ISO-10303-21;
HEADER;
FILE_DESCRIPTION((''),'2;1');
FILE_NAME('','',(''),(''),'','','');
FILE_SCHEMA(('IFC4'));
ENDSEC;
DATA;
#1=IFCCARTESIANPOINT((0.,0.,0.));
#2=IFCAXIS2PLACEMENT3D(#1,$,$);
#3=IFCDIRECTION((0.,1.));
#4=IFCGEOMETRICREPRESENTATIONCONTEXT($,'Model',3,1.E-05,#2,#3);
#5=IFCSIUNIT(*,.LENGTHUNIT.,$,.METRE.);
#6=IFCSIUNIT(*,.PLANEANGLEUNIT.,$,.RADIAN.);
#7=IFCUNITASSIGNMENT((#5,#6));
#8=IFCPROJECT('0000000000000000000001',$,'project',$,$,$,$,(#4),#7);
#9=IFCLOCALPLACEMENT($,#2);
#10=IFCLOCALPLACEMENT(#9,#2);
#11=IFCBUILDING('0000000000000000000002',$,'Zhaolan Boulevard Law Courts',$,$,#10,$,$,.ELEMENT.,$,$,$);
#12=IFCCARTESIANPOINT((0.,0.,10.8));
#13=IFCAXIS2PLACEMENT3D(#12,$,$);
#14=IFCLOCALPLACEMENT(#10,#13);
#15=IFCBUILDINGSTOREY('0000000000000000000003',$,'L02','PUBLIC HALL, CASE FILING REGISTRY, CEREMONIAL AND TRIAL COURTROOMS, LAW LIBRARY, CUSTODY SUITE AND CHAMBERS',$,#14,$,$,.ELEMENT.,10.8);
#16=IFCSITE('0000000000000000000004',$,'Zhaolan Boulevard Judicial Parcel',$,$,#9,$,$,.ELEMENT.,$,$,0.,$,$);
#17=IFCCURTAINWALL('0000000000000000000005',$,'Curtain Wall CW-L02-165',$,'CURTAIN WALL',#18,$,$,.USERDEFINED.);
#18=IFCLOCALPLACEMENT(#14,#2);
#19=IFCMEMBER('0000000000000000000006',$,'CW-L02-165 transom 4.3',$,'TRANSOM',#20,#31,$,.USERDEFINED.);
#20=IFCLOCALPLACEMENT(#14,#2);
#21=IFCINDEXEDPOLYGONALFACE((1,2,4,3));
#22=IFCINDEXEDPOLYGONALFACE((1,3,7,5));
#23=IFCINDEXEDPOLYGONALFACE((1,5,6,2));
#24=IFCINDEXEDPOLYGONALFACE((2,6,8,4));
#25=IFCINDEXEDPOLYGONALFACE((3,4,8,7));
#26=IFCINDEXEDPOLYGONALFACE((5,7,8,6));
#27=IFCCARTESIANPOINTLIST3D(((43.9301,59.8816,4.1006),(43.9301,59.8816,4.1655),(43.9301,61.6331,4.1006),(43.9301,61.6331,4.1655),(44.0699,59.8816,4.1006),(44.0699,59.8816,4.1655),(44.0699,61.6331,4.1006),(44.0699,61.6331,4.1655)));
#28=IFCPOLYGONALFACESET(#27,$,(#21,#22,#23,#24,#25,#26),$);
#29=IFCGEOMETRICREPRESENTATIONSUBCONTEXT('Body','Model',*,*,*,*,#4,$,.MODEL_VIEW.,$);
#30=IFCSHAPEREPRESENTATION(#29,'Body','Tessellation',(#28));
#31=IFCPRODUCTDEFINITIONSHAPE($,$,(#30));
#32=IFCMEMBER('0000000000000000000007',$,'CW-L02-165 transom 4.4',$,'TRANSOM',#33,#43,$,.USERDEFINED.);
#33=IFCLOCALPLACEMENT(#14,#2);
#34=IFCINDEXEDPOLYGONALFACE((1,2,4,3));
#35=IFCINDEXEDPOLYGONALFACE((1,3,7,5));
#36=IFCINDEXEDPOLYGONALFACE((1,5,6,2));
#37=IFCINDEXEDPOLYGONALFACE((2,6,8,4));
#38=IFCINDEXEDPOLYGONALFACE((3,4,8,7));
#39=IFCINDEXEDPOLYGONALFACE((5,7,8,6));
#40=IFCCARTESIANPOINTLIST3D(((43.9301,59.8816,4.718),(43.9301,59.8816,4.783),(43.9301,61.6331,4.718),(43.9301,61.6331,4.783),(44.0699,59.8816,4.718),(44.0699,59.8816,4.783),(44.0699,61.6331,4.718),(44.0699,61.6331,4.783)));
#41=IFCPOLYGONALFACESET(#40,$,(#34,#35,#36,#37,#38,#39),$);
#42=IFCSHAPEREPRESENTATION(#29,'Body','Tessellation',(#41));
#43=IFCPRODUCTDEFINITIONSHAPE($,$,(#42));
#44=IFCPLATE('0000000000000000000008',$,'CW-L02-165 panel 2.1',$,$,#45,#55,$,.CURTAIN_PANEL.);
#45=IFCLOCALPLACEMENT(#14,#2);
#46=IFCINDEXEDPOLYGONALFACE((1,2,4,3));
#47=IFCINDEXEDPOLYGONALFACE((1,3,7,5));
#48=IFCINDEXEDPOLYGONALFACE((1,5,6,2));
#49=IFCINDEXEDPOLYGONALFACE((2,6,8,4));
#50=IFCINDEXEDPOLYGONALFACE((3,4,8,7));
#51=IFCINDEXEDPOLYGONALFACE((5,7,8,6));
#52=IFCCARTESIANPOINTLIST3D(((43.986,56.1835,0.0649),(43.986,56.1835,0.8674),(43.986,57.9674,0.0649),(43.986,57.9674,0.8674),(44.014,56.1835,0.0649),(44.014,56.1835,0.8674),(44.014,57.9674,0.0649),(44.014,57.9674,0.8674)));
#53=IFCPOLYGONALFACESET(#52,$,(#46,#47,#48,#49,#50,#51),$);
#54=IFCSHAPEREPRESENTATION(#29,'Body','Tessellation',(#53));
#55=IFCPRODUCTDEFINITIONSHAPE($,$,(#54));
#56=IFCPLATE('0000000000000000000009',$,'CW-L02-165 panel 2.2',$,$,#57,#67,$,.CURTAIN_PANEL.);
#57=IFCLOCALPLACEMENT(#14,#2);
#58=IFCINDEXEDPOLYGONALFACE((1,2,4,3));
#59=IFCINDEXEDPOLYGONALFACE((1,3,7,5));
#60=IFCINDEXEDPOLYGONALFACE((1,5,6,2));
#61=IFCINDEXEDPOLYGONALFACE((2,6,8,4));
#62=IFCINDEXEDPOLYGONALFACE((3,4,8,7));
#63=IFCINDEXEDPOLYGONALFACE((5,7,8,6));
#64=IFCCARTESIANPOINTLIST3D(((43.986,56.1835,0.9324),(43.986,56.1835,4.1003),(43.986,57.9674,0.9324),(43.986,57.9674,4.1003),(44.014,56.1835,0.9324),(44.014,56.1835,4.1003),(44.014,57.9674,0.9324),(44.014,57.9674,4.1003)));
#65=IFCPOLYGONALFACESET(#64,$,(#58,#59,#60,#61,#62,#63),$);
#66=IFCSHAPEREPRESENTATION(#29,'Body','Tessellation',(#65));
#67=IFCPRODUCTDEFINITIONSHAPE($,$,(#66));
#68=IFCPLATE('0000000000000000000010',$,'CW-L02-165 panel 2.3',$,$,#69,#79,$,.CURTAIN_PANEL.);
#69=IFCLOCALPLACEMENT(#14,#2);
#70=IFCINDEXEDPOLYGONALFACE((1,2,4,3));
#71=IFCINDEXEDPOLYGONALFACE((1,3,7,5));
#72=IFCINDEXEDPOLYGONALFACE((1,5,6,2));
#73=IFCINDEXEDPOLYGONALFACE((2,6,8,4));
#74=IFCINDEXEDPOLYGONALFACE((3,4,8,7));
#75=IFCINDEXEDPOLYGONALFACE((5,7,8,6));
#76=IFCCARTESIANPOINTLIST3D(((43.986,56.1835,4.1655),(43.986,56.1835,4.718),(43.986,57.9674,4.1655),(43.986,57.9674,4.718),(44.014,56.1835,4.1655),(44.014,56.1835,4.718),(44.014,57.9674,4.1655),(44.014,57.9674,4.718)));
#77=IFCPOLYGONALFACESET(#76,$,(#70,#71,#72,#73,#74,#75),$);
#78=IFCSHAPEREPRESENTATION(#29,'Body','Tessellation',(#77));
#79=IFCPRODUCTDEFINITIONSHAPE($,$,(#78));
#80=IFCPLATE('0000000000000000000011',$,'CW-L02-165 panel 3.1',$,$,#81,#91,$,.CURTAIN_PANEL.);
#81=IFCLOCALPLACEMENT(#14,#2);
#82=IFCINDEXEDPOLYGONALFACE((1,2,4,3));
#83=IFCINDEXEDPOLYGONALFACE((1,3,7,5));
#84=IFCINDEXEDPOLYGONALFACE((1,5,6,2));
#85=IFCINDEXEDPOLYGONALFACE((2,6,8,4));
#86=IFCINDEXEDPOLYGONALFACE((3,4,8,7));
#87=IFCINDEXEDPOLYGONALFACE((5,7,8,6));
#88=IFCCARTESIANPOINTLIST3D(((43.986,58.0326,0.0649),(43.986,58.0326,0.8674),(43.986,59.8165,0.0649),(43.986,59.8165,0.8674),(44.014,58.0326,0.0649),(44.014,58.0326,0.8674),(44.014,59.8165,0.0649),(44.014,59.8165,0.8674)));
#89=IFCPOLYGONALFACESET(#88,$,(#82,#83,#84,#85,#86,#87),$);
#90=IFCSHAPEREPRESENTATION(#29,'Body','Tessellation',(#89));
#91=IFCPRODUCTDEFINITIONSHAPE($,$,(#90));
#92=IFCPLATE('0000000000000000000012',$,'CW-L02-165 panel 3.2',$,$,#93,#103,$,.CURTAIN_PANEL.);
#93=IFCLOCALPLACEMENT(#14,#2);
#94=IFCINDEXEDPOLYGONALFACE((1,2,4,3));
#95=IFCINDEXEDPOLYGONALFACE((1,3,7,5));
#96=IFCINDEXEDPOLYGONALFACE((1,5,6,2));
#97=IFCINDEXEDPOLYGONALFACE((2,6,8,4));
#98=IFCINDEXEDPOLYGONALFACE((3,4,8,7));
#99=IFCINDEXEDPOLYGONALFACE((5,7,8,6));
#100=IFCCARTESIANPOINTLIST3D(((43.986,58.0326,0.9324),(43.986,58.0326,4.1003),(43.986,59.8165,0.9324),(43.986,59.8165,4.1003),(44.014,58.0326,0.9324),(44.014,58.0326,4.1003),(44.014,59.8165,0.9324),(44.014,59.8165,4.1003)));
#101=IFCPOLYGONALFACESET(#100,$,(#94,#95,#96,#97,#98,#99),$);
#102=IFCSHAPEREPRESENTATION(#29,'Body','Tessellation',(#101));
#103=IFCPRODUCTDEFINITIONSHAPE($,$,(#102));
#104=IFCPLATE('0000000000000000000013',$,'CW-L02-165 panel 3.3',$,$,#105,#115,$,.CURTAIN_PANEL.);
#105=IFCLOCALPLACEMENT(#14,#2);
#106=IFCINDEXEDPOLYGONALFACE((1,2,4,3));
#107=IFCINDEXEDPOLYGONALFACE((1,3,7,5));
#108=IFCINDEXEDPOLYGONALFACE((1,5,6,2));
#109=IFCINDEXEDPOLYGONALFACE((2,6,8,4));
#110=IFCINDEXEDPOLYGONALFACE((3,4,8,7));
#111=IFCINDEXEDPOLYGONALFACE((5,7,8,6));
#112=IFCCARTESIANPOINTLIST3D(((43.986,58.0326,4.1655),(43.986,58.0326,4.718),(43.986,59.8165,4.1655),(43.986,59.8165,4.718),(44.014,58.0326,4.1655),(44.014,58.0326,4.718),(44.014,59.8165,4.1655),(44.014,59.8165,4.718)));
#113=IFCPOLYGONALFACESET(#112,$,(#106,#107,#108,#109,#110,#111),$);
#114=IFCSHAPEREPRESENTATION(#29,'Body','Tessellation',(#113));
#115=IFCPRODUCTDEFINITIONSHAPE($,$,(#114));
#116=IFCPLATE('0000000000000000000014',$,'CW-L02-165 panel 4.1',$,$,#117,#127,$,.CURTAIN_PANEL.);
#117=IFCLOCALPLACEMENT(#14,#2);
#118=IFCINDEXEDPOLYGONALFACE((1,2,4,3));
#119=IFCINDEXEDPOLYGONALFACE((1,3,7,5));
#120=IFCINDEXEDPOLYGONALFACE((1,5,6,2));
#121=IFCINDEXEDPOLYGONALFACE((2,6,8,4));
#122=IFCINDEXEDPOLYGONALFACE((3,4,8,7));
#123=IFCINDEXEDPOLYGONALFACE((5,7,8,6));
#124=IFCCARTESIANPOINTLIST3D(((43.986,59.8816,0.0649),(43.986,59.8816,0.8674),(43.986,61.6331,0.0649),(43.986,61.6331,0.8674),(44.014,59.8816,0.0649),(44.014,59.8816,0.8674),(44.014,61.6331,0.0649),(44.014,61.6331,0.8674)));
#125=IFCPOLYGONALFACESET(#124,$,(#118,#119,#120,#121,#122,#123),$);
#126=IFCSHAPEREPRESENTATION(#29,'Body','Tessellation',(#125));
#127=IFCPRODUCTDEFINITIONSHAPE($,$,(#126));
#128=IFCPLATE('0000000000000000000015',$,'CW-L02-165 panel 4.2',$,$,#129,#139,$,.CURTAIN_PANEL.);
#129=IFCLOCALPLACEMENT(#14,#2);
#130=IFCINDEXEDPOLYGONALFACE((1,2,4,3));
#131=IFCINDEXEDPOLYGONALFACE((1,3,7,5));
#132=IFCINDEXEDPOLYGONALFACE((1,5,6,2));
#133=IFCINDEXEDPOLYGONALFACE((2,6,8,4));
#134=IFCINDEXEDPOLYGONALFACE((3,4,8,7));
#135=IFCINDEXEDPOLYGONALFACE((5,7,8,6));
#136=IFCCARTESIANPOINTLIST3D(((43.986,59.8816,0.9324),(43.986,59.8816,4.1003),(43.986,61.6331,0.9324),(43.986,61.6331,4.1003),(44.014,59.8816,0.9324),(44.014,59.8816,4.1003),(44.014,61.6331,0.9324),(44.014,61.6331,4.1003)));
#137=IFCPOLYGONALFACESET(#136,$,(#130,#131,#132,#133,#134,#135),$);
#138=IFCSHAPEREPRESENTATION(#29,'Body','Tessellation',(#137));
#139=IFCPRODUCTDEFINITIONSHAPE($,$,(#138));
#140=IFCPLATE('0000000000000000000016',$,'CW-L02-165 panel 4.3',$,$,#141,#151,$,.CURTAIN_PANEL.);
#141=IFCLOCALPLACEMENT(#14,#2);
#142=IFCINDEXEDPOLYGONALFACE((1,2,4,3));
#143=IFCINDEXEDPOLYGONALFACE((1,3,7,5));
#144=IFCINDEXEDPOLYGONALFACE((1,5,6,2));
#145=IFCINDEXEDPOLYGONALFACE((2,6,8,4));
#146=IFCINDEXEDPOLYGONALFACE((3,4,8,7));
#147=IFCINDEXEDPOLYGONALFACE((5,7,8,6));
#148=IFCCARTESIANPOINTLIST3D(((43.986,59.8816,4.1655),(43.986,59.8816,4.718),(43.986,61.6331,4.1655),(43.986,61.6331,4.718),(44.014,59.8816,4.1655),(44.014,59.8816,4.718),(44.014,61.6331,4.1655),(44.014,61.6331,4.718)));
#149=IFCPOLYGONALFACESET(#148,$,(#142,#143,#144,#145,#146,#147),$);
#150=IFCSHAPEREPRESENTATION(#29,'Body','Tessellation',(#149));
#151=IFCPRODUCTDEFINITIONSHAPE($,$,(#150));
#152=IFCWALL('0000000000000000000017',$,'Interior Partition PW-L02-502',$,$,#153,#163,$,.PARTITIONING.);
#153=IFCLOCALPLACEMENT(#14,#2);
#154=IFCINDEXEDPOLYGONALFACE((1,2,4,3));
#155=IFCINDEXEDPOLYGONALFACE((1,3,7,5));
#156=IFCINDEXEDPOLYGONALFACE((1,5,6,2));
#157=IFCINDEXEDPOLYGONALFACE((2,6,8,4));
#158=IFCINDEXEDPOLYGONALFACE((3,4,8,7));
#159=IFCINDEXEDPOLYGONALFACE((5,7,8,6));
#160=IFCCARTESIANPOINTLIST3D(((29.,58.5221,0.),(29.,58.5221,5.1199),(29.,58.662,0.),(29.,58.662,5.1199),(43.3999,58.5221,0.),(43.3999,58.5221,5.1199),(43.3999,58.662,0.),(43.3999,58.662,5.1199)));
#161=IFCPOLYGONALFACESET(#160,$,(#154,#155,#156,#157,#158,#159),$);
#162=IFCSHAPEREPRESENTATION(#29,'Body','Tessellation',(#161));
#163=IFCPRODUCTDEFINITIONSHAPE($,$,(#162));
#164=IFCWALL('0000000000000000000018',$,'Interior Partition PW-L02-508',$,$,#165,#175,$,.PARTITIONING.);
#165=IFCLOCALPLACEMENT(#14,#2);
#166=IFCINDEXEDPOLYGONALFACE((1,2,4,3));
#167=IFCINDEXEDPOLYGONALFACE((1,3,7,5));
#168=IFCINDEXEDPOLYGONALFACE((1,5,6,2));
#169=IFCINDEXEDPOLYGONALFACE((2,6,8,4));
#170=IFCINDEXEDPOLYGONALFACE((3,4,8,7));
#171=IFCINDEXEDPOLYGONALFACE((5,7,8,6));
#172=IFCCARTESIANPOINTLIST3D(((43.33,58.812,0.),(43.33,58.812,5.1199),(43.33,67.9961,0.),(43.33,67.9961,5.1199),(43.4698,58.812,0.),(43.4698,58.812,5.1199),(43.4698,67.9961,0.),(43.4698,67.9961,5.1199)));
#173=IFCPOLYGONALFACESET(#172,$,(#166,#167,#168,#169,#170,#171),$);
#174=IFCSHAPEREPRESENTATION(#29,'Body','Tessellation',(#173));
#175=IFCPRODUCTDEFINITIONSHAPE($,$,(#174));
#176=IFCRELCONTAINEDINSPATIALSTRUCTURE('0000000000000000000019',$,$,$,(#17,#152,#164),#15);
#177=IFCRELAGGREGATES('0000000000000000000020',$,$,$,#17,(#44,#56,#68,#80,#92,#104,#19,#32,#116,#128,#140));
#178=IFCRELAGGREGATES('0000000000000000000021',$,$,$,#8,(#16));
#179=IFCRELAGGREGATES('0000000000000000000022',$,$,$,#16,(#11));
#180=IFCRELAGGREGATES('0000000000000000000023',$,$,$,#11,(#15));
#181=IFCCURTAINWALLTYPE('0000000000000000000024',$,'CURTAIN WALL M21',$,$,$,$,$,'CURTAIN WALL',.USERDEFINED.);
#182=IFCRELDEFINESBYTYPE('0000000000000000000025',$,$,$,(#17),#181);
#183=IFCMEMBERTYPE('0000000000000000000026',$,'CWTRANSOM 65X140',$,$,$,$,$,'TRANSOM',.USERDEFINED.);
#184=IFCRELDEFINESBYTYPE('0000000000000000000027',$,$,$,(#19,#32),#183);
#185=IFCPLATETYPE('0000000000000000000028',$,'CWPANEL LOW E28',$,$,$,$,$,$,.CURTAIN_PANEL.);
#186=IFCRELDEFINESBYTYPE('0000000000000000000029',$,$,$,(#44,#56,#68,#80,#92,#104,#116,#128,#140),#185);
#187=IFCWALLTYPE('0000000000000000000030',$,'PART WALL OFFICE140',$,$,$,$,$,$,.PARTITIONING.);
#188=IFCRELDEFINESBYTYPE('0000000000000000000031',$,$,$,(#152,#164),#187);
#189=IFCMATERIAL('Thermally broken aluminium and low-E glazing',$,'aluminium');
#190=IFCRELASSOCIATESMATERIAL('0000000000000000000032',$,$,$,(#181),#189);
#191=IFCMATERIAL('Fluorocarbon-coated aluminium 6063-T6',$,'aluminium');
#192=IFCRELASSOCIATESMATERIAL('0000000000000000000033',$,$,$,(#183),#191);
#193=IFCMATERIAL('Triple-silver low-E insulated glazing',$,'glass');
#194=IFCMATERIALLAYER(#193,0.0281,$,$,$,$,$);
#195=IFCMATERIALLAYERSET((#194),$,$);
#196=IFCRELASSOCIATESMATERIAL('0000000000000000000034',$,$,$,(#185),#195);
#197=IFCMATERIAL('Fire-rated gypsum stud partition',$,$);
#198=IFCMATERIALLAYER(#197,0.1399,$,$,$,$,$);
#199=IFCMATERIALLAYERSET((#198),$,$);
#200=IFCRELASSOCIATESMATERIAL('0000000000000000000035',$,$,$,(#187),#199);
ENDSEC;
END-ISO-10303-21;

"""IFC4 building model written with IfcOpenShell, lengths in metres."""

from ifc_helpers import new_model, si_unit, direction, frame, frame_2d, origin, origin_2d, place, context, subcontext, project, spatial, rectangle, extrude, material, layer, layer_set, material_profile, profile_set, type_object, element, aggregate, save


model = new_model("IFC4")

# Units and contexts
model_context = context("Model", 3, precision=1e-05, world=origin(), true_north=direction((0.0, 1.0)))
body_context = subcontext(model_context, "Body", "Model", "MODEL_VIEW")
ifc_project = project(units=[si_unit("LENGTHUNIT", "METRE"), si_unit("PLANEANGLEUNIT", "RADIAN")], contexts=[model_context])

# Site, building, storey
site_placement = place(None, origin())
site = spatial("IfcSite", under=ifc_project, at=site_placement, Name="Zhaolan Boulevard Judicial Parcel", CompositionType="ELEMENT", RefElevation=0.0)
building_placement = place(site_placement, origin())
building = spatial("IfcBuilding", under=site, at=building_placement, Name="Zhaolan Boulevard Law Courts", CompositionType="ELEMENT")
storey_placement = place(building_placement, frame((0.0, 0.0, 10.8)))
storey = spatial("IfcBuildingStorey", under=building, at=storey_placement, Name="L02", Description="PUBLIC HALL, CASE FILING REGISTRY, CEREMONIAL AND TRIAL COURTROOMS, LAW LIBRARY, CUSTODY SUITE AND CHAMBERS", CompositionType="ELEMENT", Elevation=10.8)

# Curtain wall, members, plates
ifc_material_1 = material(Name="Thermally broken aluminium and low-E glazing", Category="aluminium")
curtain_wall_type = type_object("IfcCurtainWallType", Name="CURTAIN WALL M21", ElementType="CURTAIN WALL", PredefinedType="USERDEFINED", material=ifc_material_1)
curtain_wall_placement = place(storey_placement, origin())
curtain_wall = element("IfcCurtainWall", 1, at=curtain_wall_placement, inside=storey, type_object=curtain_wall_type, Name="Curtain Wall CW-L02-165", ObjectType="CURTAIN WALL", PredefinedType="USERDEFINED")
ifc_material_2 = material(Name="Fluorocarbon-coated aluminium 6063-T6", Category="aluminium")
ifc_material_profile_1 = material_profile(ifc_material_2, rectangle(XDim=0.1399, YDim=0.0649, at=origin_2d()), Name="AL65x140")
ifc_profile_set_1 = profile_set([ifc_material_profile_1], Name="Fluorocarbon-coated aluminium 6063-T6")
member_type_1 = type_object("IfcMemberType", Name="CWTRANSOM 65X140", ElementType="TRANSOM", PredefinedType="USERDEFINED", material=ifc_profile_set_1)
member_1_placement = place(storey_placement, frame((44.0, 59.8816, 4.1331), z_axis=(0.0, 1.0, 0.0), x_axis=(-1.0, 0.0, 0.0)))
member_1 = element("IfcMember", 2, at=member_1_placement, type_object=member_type_1, Name="CW-L02-165 transom 4.3", ObjectType="TRANSOM", PredefinedType="USERDEFINED", context=body_context, shape_type="SweptSolid", body=[
    extrude(rectangle(XDim=0.1399, YDim=0.0649, at=origin_2d()), origin(), (0.0, 0.0, 1.0), 1.7515),
])
member_2_placement = place(storey_placement, frame((44.0, 59.8816, 4.7505), z_axis=(0.0, 1.0, 0.0), x_axis=(-1.0, 0.0, 0.0)))
member_2 = element("IfcMember", 3, at=member_2_placement, type_object=member_type_1, Name="CW-L02-165 transom 4.4", ObjectType="TRANSOM", PredefinedType="USERDEFINED", context=body_context, shape_type="SweptSolid", body=[
    extrude(rectangle(XDim=0.1399, YDim=0.0649, at=origin_2d()), origin(), (0.0, 0.0, 1.0), 1.7515),
])
ifc_material_3 = material(Name="Triple-silver low-E insulated glazing", Category="glass")
ifc_layer_1 = layer(ifc_material_3, 0.0281)
ifc_layer_set_1 = layer_set([ifc_layer_1])
plate_type = type_object("IfcPlateType", Name="CWPANEL LOW E28", PredefinedType="CURTAIN_PANEL", material=ifc_layer_set_1)
plate_1_placement = place(storey_placement, frame((44.0, 57.0754, 0.0649), z_axis=(0.0, 0.0, 1.0), x_axis=(0.0, 1.0, 0.0)))
plate_1 = element("IfcPlate", 4, at=plate_1_placement, type_object=plate_type, Name="CW-L02-165 panel 2.1", PredefinedType="CURTAIN_PANEL", context=body_context, shape_type="SweptSolid", body=[
    extrude(rectangle(XDim=1.7839, YDim=0.0281, at=origin_2d()), origin(), (0.0, 0.0, 1.0), 0.8025),
])
plate_2_placement = place(storey_placement, frame((44.0, 57.0754, 0.9324), z_axis=(0.0, 0.0, 1.0), x_axis=(0.0, 1.0, 0.0)))
plate_2 = element("IfcPlate", 5, at=plate_2_placement, type_object=plate_type, Name="CW-L02-165 panel 2.2", PredefinedType="CURTAIN_PANEL", context=body_context, shape_type="SweptSolid", body=[
    extrude(rectangle(XDim=1.7839, YDim=0.0281, at=origin_2d()), origin(), (0.0, 0.0, 1.0), 3.168),
])
plate_3_placement = place(storey_placement, frame((44.0, 57.0754, 4.1655), z_axis=(0.0, 0.0, 1.0), x_axis=(0.0, 1.0, 0.0)))
plate_3 = element("IfcPlate", 6, at=plate_3_placement, type_object=plate_type, Name="CW-L02-165 panel 2.3", PredefinedType="CURTAIN_PANEL", context=body_context, shape_type="SweptSolid", body=[
    extrude(rectangle(XDim=1.7839, YDim=0.0281, at=origin_2d()), origin(), (0.0, 0.0, 1.0), 0.5525),
])
plate_4_placement = place(storey_placement, frame((44.0, 58.9246, 0.0649), z_axis=(0.0, 0.0, 1.0), x_axis=(0.0, 1.0, 0.0)))
plate_4 = element("IfcPlate", 7, at=plate_4_placement, type_object=plate_type, Name="CW-L02-165 panel 3.1", PredefinedType="CURTAIN_PANEL", context=body_context, shape_type="SweptSolid", body=[
    extrude(rectangle(XDim=1.7839, YDim=0.0281, at=origin_2d()), origin(), (0.0, 0.0, 1.0), 0.8025),
])
plate_5_placement = place(storey_placement, frame((44.0, 58.9246, 0.9324), z_axis=(0.0, 0.0, 1.0), x_axis=(0.0, 1.0, 0.0)))
plate_5 = element("IfcPlate", 8, at=plate_5_placement, type_object=plate_type, Name="CW-L02-165 panel 3.2", PredefinedType="CURTAIN_PANEL", context=body_context, shape_type="SweptSolid", body=[
    extrude(rectangle(XDim=1.7839, YDim=0.0281, at=origin_2d()), origin(), (0.0, 0.0, 1.0), 3.168),
])
plate_6_placement = place(storey_placement, frame((44.0, 58.9246, 4.1655), z_axis=(0.0, 0.0, 1.0), x_axis=(0.0, 1.0, 0.0)))
plate_6 = element("IfcPlate", 9, at=plate_6_placement, type_object=plate_type, Name="CW-L02-165 panel 3.3", PredefinedType="CURTAIN_PANEL", context=body_context, shape_type="SweptSolid", body=[
    extrude(rectangle(XDim=1.7839, YDim=0.0281, at=origin_2d()), origin(), (0.0, 0.0, 1.0), 0.5525),
])
plate_7_placement = place(storey_placement, frame((44.0, 60.7573, 0.0649), z_axis=(0.0, 0.0, 1.0), x_axis=(0.0, 1.0, 0.0)))
plate_7 = element("IfcPlate", 10, at=plate_7_placement, type_object=plate_type, Name="CW-L02-165 panel 4.1", PredefinedType="CURTAIN_PANEL", context=body_context, shape_type="SweptSolid", body=[
    extrude(rectangle(XDim=1.7515, YDim=0.0281, at=origin_2d()), origin(), (0.0, 0.0, 1.0), 0.8025),
])
plate_8_placement = place(storey_placement, frame((44.0, 60.7573, 0.9324), z_axis=(0.0, 0.0, 1.0), x_axis=(0.0, 1.0, 0.0)))
plate_8 = element("IfcPlate", 11, at=plate_8_placement, type_object=plate_type, Name="CW-L02-165 panel 4.2", PredefinedType="CURTAIN_PANEL", context=body_context, shape_type="SweptSolid", body=[
    extrude(rectangle(XDim=1.7515, YDim=0.0281, at=origin_2d()), origin(), (0.0, 0.0, 1.0), 3.168),
])
plate_9_placement = place(storey_placement, frame((44.0, 60.7573, 4.1655), z_axis=(0.0, 0.0, 1.0), x_axis=(0.0, 1.0, 0.0)))
plate_9 = element("IfcPlate", 12, at=plate_9_placement, type_object=plate_type, Name="CW-L02-165 panel 4.3", PredefinedType="CURTAIN_PANEL", context=body_context, shape_type="SweptSolid", body=[
    extrude(rectangle(XDim=1.7515, YDim=0.0281, at=origin_2d()), origin(), (0.0, 0.0, 1.0), 0.5525),
])
aggregate(curtain_wall, [plate_1, plate_2, plate_3, plate_4, plate_5, plate_6, member_1, member_2, plate_7, plate_8, plate_9])

# Walls
ifc_material_4 = material(Name="Fire-rated gypsum stud partition")
ifc_layer_2 = layer(ifc_material_4, 0.1399)
ifc_layer_set_2 = layer_set([ifc_layer_2])
wall_type = type_object("IfcWallType", Name="PART WALL OFFICE140", PredefinedType="PARTITIONING", material=ifc_layer_set_2)
wall_1_placement = place(storey_placement, frame((43.3999, 58.592, 0.0), z_axis=(0.0, 0.0, 1.0), x_axis=(-1.0, 0.0, 0.0)))
element("IfcWall", 13, at=wall_1_placement, inside=storey, type_object=wall_type, Name="Interior Partition PW-L02-502", PredefinedType="PARTITIONING", context=body_context, shape_type="SweptSolid", body=[
    extrude(rectangle(XDim=14.3999, YDim=0.1399, at=frame_2d((7.2, 0.0))), origin(), (0.0, 0.0, 1.0), 5.1199),
])
wall_2_placement = place(storey_placement, frame((43.3999, 58.812, 0.0), z_axis=(0.0, 0.0, 1.0), x_axis=(0.0, 1.0, 0.0)))
element("IfcWall", 14, at=wall_2_placement, inside=storey, type_object=wall_type, Name="Interior Partition PW-L02-508", PredefinedType="PARTITIONING", context=body_context, shape_type="SweptSolid", body=[
    extrude(rectangle(XDim=9.1841, YDim=0.1399, at=frame_2d((4.592, 0.0))), origin(), (0.0, 0.0, 1.0), 5.1199),
])

save(model, "model.ifc")
